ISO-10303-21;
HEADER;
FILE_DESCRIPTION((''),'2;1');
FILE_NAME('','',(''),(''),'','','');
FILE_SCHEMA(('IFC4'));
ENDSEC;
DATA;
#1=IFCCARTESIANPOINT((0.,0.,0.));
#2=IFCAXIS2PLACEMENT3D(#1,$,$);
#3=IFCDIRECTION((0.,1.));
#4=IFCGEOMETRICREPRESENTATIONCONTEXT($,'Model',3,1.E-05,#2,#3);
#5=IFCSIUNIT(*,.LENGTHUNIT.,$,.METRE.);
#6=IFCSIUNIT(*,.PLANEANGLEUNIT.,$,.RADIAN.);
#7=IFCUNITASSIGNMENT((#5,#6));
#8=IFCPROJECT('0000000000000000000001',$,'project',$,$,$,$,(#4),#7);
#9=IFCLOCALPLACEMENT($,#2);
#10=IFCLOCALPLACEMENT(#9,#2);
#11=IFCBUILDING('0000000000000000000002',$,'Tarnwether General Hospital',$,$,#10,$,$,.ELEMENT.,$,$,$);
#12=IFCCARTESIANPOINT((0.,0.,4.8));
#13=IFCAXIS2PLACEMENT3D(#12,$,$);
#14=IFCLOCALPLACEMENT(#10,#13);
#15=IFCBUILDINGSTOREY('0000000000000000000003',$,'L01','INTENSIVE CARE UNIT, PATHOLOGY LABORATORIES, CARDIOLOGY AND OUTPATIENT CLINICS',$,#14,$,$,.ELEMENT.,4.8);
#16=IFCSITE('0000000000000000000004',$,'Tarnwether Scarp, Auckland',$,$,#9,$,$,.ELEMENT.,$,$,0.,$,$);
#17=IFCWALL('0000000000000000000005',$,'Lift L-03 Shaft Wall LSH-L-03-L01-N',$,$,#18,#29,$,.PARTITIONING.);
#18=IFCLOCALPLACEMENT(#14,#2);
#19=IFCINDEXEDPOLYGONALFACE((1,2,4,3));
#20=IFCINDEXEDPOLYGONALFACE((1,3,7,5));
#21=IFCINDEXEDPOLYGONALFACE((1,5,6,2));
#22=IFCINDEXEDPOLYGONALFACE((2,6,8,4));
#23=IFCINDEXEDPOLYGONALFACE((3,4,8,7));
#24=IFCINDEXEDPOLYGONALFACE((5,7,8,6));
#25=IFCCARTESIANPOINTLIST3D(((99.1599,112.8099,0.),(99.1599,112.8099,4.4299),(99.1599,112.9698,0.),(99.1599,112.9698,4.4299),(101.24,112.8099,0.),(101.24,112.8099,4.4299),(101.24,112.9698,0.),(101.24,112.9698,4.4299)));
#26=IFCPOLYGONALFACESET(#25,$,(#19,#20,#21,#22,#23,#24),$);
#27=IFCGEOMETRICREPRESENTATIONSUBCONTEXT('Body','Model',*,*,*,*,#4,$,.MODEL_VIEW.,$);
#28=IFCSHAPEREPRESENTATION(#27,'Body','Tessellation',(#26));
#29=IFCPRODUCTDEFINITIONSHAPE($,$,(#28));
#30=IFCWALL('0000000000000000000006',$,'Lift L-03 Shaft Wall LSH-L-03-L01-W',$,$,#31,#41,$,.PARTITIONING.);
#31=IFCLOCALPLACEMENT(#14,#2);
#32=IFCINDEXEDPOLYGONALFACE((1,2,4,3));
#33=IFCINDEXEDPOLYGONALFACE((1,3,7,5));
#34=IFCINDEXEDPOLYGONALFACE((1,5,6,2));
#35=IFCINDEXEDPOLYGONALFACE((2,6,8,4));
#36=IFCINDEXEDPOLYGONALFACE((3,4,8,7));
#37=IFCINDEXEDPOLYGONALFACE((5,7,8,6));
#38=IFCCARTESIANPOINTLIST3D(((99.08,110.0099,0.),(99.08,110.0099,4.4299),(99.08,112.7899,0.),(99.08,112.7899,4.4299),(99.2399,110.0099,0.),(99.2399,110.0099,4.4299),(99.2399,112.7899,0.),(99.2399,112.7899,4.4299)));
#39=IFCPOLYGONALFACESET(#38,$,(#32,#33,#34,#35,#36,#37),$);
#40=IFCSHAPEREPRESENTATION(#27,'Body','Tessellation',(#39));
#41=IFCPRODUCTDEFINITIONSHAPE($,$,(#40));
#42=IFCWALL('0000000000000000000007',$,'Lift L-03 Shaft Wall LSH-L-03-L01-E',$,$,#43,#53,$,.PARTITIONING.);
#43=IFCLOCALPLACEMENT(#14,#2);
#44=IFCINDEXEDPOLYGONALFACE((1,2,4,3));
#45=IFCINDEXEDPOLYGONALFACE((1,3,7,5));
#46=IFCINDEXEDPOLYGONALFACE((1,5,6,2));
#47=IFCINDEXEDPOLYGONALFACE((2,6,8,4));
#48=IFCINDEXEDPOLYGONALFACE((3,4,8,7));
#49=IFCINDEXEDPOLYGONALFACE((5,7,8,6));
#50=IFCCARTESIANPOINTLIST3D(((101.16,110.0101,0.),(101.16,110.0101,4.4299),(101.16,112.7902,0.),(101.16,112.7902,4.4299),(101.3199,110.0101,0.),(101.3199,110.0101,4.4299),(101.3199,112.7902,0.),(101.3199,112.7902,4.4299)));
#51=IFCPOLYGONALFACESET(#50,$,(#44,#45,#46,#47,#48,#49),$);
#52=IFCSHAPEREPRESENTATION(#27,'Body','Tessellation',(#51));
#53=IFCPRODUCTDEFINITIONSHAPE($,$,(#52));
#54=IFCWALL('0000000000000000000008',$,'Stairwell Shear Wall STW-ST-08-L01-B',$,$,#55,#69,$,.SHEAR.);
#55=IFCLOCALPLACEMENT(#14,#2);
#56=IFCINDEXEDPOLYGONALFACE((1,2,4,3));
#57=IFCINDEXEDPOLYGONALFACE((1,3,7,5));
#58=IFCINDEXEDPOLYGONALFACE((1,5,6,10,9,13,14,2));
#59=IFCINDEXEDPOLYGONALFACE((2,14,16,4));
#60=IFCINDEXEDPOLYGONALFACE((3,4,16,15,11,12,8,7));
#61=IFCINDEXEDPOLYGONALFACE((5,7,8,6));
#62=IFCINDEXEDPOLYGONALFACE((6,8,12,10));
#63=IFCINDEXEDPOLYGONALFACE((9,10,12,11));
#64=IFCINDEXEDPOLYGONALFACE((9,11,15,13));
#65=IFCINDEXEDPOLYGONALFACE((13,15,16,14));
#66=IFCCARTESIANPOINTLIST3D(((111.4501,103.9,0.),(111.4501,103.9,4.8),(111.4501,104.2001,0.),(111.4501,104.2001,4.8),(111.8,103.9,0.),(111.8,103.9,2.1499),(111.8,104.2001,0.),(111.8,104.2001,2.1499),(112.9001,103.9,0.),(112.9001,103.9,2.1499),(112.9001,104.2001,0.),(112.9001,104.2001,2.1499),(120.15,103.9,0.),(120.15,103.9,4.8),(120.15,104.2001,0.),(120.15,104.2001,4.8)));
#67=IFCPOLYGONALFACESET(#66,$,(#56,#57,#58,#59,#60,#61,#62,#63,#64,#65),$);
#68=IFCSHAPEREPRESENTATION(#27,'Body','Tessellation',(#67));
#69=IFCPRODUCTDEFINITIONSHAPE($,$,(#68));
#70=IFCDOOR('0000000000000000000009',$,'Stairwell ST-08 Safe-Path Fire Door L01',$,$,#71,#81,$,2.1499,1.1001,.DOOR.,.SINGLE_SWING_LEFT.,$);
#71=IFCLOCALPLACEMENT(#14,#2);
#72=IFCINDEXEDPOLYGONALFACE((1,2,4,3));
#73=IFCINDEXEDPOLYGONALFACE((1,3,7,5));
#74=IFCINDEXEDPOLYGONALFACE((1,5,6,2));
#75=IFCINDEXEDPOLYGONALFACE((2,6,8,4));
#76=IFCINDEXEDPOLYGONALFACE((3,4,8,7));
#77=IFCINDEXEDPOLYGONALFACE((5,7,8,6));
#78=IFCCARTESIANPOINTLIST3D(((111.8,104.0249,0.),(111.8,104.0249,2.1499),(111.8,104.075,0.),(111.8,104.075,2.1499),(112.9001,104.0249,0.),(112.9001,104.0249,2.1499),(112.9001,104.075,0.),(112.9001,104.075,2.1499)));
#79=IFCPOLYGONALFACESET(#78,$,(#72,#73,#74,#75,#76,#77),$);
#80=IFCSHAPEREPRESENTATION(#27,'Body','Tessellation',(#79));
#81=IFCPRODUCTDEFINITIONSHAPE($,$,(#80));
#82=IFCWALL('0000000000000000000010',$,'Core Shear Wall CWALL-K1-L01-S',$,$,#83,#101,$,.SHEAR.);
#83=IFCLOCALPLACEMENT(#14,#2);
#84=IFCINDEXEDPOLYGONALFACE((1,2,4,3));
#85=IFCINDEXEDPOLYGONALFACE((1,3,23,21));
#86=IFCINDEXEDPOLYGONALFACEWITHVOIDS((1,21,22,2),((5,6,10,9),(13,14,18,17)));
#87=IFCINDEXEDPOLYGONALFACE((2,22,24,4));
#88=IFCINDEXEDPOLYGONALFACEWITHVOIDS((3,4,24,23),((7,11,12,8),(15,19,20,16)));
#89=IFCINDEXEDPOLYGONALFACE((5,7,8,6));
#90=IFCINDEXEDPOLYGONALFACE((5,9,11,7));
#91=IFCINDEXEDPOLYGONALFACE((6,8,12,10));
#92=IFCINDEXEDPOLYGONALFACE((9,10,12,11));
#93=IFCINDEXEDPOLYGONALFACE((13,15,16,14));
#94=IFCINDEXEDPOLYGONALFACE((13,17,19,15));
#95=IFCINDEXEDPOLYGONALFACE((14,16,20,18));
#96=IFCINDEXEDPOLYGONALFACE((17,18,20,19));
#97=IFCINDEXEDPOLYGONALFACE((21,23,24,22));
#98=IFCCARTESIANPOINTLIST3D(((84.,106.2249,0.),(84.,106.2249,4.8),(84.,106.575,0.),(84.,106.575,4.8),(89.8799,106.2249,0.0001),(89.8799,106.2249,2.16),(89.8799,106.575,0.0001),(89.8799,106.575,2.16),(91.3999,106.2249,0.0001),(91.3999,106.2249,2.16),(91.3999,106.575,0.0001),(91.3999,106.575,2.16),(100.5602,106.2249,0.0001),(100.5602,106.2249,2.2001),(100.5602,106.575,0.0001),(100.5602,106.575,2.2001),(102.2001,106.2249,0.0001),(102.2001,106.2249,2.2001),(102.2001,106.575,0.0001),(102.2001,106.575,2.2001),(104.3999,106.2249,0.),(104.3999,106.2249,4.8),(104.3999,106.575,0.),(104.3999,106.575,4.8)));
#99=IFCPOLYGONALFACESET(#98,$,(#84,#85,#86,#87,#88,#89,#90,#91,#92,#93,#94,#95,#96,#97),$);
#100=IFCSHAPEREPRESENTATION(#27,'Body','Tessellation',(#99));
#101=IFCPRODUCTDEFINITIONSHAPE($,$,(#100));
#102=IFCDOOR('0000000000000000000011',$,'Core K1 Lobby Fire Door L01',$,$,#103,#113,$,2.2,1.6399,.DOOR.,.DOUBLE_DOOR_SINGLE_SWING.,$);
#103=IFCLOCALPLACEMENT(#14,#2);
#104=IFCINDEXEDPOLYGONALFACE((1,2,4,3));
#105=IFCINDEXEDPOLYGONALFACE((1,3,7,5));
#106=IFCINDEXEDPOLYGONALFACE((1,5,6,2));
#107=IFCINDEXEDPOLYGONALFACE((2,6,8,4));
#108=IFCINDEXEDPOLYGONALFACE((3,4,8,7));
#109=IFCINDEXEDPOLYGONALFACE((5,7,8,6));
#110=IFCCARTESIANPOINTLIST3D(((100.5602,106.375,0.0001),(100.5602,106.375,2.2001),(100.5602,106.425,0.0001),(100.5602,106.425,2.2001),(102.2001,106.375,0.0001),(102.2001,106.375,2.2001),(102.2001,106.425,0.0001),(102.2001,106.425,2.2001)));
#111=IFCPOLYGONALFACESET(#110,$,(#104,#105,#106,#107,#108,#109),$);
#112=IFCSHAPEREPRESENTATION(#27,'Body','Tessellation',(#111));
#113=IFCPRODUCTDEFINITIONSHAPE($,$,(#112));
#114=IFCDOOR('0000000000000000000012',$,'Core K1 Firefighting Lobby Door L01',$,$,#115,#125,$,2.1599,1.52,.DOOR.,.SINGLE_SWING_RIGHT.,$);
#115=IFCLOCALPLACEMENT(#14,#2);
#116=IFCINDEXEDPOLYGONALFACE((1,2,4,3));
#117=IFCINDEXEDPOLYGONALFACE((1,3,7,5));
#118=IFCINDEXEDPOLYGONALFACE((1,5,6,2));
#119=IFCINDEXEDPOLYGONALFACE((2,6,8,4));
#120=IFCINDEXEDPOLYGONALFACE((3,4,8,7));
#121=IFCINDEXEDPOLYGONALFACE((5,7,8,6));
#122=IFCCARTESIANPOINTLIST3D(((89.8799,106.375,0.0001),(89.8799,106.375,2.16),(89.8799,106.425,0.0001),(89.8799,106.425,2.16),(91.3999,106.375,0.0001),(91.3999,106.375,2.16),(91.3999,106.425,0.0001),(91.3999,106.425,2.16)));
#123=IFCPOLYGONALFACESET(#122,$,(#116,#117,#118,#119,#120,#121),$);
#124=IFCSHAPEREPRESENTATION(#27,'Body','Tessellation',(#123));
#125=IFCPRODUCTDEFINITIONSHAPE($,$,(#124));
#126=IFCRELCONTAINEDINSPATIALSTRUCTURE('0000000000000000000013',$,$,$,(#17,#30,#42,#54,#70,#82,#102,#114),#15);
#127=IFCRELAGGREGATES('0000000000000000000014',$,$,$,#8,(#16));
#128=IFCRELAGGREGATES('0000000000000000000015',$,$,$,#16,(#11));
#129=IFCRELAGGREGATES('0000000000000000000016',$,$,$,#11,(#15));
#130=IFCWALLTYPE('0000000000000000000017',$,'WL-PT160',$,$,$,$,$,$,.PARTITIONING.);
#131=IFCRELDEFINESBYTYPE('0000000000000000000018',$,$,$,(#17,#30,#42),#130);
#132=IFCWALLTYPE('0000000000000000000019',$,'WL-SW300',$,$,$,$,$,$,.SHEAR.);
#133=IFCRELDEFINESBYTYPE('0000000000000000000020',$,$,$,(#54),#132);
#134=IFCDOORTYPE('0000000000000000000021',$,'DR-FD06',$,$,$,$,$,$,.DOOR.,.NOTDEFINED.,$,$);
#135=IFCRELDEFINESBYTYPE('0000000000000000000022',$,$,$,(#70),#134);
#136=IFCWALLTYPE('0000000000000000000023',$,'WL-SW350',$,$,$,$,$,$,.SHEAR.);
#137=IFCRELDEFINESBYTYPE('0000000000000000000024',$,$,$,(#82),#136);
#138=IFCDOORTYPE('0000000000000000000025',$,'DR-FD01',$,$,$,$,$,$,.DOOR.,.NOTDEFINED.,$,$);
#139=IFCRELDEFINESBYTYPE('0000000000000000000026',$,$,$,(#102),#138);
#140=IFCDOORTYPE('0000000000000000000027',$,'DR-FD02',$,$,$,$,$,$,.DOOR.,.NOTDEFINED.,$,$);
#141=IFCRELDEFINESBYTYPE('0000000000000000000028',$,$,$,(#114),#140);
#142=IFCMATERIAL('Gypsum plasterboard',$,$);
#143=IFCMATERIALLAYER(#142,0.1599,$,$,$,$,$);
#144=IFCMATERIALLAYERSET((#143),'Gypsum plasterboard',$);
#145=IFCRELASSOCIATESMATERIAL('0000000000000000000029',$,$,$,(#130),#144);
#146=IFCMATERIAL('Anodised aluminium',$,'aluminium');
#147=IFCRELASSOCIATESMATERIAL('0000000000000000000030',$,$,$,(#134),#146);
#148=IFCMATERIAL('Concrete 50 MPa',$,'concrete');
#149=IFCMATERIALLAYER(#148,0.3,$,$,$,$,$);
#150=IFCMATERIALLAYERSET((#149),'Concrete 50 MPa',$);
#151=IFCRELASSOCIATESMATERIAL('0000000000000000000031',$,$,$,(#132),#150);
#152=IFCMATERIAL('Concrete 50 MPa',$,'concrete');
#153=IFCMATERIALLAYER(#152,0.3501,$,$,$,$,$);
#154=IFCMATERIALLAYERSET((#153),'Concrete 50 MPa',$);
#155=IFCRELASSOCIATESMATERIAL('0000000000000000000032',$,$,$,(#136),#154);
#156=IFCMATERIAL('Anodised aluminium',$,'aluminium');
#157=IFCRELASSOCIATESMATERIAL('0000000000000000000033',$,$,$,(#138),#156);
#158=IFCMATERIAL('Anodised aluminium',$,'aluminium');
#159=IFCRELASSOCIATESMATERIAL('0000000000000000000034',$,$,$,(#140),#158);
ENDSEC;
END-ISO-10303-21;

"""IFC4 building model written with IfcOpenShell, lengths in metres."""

from ifc_helpers import new_model, si_unit, direction, frame, frame_2d, origin, place, context, subcontext, project, spatial, rectangle, extrude, material, layer, layer_set, type_object, element, fill, save


model = new_model("IFC4")

# Units and contexts
model_context = context("Model", 3, precision=1e-05, world=origin(), true_north=direction((0.0, 1.0)))
body_context = subcontext(model_context, "Body", "Model", "MODEL_VIEW")
ifc_project = project(units=[si_unit("LENGTHUNIT", "METRE"), si_unit("PLANEANGLEUNIT", "RADIAN")], contexts=[model_context])

# Site, building, storey
site_placement = place(None, origin())
site = spatial("IfcSite", under=ifc_project, at=site_placement, Name="Tarnwether Scarp, Auckland", CompositionType="ELEMENT", RefElevation=0.0)
building_placement = place(site_placement, origin())
building = spatial("IfcBuilding", under=site, at=building_placement, Name="Tarnwether General Hospital", CompositionType="ELEMENT")
storey_placement = place(building_placement, frame((0.0, 0.0, 4.8)))
storey = spatial("IfcBuildingStorey", under=building, at=storey_placement, Name="L01", Description="INTENSIVE CARE UNIT, PATHOLOGY LABORATORIES, CARDIOLOGY AND OUTPATIENT CLINICS", CompositionType="ELEMENT", Elevation=4.8)

# Shared definitions
ifc_material_1 = material(Name="Gypsum plasterboard")
ifc_layer_1 = layer(ifc_material_1, 0.1599)
ifc_layer_set_1 = layer_set([ifc_layer_1], Name="Gypsum plasterboard")
wall_type_1 = type_object("IfcWallType", Name="WL-PT160", PredefinedType="PARTITIONING", material=ifc_layer_set_1)

# Walls
wall_1_placement = place(storey_placement, frame((101.24, 112.8899, 0.0), z_axis=(0.0, 0.0, 1.0), x_axis=(-1.0, 0.0, 0.0)))
element("IfcWall", 1, at=wall_1_placement, inside=storey, type_object=wall_type_1, Name="Lift L-03 Shaft Wall LSH-L-03-L01-N", PredefinedType="PARTITIONING", context=body_context, shape_type="SweptSolid", body=[
    extrude(rectangle(XDim=2.0801, YDim=0.1599, at=frame_2d((1.04, 0.0))), origin(), (0.0, 0.0, 1.0), 4.4299),
])
for number, where, z_axis, x_axis, name in (
    (2, (99.1599, 112.79, 0.0), (0.0, 0.0, 1.0), (0.0, -1.0, 0.0), "Lift L-03 Shaft Wall LSH-L-03-L01-W"),
    (3, (101.24, 110.01, 0.0), (0.0, 0.0, 1.0), (0.0, 1.0, 0.0), "Lift L-03 Shaft Wall LSH-L-03-L01-E"),
):
    element("IfcWall", number, at=place(storey_placement, frame(where, z_axis=z_axis, x_axis=x_axis)), inside=storey, type_object=wall_type_1, Name=name, PredefinedType="PARTITIONING", context=body_context, shape_type="SweptSolid", body=[
        extrude(rectangle(XDim=2.78, YDim=0.1599, at=frame_2d((1.3901, 0.0))), origin(), (0.0, 0.0, 1.0), 4.4299),
    ])

# Wall, opening, door
ifc_material_2 = material(Name="Anodised aluminium", Category="aluminium")
door_type_1 = type_object("IfcDoorType", Name="DR-FD06", OperationType="NOTDEFINED", PredefinedType="DOOR", material=ifc_material_2)
ifc_material_3 = material(Name="Concrete 50 MPa", Category="concrete")
ifc_layer_2 = layer(ifc_material_3, 0.3)
ifc_layer_set_2 = layer_set([ifc_layer_2], Name="Concrete 50 MPa")
wall_type_2 = type_object("IfcWallType", Name="WL-SW300", PredefinedType="SHEAR", material=ifc_layer_set_2)
wall_2_placement = place(storey_placement, frame((111.45, 104.05, 0.0), z_axis=(0.0, 0.0, 1.0), x_axis=(1.0, 0.0, 0.0)))
wall_2 = element("IfcWall", 4, at=wall_2_placement, inside=storey, type_object=wall_type_2, Name="Stairwell Shear Wall STW-ST-08-L01-B", PredefinedType="SHEAR", context=body_context, shape_type="SweptSolid", body=[
    extrude(rectangle(XDim=8.7, YDim=0.3, at=frame_2d((4.3501, 0.0))), origin(), (0.0, 0.0, 1.0), 4.8),
])
opening_1_placement = place(wall_2_placement, frame((0.3501, 0.0, 0.0)))
opening_1 = element("IfcOpeningElement", 5, at=opening_1_placement, cuts=wall_2, PredefinedType="OPENING", context=body_context, shape_type="SweptSolid", body=[
    extrude(rectangle(XDim=1.1001, YDim=2.1499, at=frame_2d((0.55, 1.075))), frame((0.0, 0.1602, 0.0), z_axis=(0.0, -1.0, 0.0), x_axis=(1.0, 0.0, 0.0)), (0.0, 0.0, 1.0), 0.3201),
])
door_1_placement = place(opening_1_placement, origin())
door_1 = element("IfcDoor", 6, at=door_1_placement, inside=storey, type_object=door_type_1, Name="Stairwell ST-08 Safe-Path Fire Door L01", OperationType="SINGLE_SWING_LEFT", OverallHeight=2.1499, OverallWidth=1.1001, PredefinedType="DOOR", context=body_context, shape_type="SweptSolid", body=[
    extrude(rectangle(XDim=1.1001, YDim=2.1499, at=frame_2d((0.55, 1.075))), frame((0.0, 0.0249, 0.0), z_axis=(0.0, -1.0, 0.0), x_axis=(1.0, 0.0, 0.0)), (0.0, 0.0, 1.0), 0.05),
])
fill(opening_1, door_1)

# Wall, openings, doors
ifc_material_4 = material(Name="Concrete 50 MPa", Category="concrete")
ifc_layer_3 = layer(ifc_material_4, 0.3501)
ifc_layer_set_3 = layer_set([ifc_layer_3], Name="Concrete 50 MPa")
wall_type_3 = type_object("IfcWallType", Name="WL-SW350", PredefinedType="SHEAR", material=ifc_layer_set_3)
wall_3_placement = place(storey_placement, frame((104.3999, 106.3999, 0.0), z_axis=(0.0, 0.0, 1.0), x_axis=(-1.0, 0.0, 0.0)))
wall_3 = element("IfcWall", 7, at=wall_3_placement, inside=storey, type_object=wall_type_3, Name="Core Shear Wall CWALL-K1-L01-S", PredefinedType="SHEAR", context=body_context, shape_type="SweptSolid", body=[
    extrude(rectangle(XDim=20.3999, YDim=0.3501, at=frame_2d((10.2, 0.0))), origin(), (0.0, 0.0, 1.0), 4.8),
])
opening_2_placement = place(wall_3_placement, frame((2.2, 0.0, 0.0)))
opening_2 = element("IfcOpeningElement", 8, at=opening_2_placement, cuts=wall_3, PredefinedType="OPENING", context=body_context, shape_type="SweptSolid", body=[
    extrude(rectangle(XDim=1.6399, YDim=2.2, at=frame_2d((0.8198, 1.1001))), frame((0.0, 0.1851, 0.0), z_axis=(0.0, -1.0, 0.0), x_axis=(1.0, 0.0, 0.0)), (0.0, 0.0, 1.0), 0.3701),
])
opening_3_placement = place(wall_3_placement, frame((13.0, 0.0, 0.0)))
opening_3 = element("IfcOpeningElement", 9, at=opening_3_placement, cuts=wall_3, PredefinedType="OPENING", context=body_context, shape_type="SweptSolid", body=[
    extrude(rectangle(XDim=1.52, YDim=2.1599, at=frame_2d((0.76, 1.0801))), frame((0.0, 0.1851, 0.0), z_axis=(0.0, -1.0, 0.0), x_axis=(1.0, 0.0, 0.0)), (0.0, 0.0, 1.0), 0.3701),
])
ifc_material_5 = material(Name="Anodised aluminium", Category="aluminium")
door_type_2 = type_object("IfcDoorType", Name="DR-FD01", OperationType="NOTDEFINED", PredefinedType="DOOR", material=ifc_material_5)
door_2_placement = place(opening_2_placement, origin())
door_2 = element("IfcDoor", 10, at=door_2_placement, inside=storey, type_object=door_type_2, Name="Core K1 Lobby Fire Door L01", OperationType="DOUBLE_DOOR_SINGLE_SWING", OverallHeight=2.2, OverallWidth=1.6399, PredefinedType="DOOR", context=body_context, shape_type="SweptSolid", body=[
    extrude(rectangle(XDim=1.6399, YDim=2.2, at=frame_2d((0.8198, 1.1001))), frame((0.0, 0.0249, 0.0), z_axis=(0.0, -1.0, 0.0), x_axis=(1.0, 0.0, 0.0)), (0.0, 0.0, 1.0), 0.05),
])
fill(opening_2, door_2)
ifc_material_6 = material(Name="Anodised aluminium", Category="aluminium")
door_type_3 = type_object("IfcDoorType", Name="DR-FD02", OperationType="NOTDEFINED", PredefinedType="DOOR", material=ifc_material_6)
door_3_placement = place(opening_3_placement, origin())
door_3 = element("IfcDoor", 11, at=door_3_placement, inside=storey, type_object=door_type_3, Name="Core K1 Firefighting Lobby Door L01", OperationType="SINGLE_SWING_RIGHT", OverallHeight=2.1599, OverallWidth=1.52, PredefinedType="DOOR", context=body_context, shape_type="SweptSolid", body=[
    extrude(rectangle(XDim=1.52, YDim=2.1599, at=frame_2d((0.76, 1.0801))), frame((0.0, 0.0249, 0.0), z_axis=(0.0, -1.0, 0.0), x_axis=(1.0, 0.0, 0.0)), (0.0, 0.0, 1.0), 0.05),
])
fill(opening_3, door_3)

save(model, "model.ifc")
